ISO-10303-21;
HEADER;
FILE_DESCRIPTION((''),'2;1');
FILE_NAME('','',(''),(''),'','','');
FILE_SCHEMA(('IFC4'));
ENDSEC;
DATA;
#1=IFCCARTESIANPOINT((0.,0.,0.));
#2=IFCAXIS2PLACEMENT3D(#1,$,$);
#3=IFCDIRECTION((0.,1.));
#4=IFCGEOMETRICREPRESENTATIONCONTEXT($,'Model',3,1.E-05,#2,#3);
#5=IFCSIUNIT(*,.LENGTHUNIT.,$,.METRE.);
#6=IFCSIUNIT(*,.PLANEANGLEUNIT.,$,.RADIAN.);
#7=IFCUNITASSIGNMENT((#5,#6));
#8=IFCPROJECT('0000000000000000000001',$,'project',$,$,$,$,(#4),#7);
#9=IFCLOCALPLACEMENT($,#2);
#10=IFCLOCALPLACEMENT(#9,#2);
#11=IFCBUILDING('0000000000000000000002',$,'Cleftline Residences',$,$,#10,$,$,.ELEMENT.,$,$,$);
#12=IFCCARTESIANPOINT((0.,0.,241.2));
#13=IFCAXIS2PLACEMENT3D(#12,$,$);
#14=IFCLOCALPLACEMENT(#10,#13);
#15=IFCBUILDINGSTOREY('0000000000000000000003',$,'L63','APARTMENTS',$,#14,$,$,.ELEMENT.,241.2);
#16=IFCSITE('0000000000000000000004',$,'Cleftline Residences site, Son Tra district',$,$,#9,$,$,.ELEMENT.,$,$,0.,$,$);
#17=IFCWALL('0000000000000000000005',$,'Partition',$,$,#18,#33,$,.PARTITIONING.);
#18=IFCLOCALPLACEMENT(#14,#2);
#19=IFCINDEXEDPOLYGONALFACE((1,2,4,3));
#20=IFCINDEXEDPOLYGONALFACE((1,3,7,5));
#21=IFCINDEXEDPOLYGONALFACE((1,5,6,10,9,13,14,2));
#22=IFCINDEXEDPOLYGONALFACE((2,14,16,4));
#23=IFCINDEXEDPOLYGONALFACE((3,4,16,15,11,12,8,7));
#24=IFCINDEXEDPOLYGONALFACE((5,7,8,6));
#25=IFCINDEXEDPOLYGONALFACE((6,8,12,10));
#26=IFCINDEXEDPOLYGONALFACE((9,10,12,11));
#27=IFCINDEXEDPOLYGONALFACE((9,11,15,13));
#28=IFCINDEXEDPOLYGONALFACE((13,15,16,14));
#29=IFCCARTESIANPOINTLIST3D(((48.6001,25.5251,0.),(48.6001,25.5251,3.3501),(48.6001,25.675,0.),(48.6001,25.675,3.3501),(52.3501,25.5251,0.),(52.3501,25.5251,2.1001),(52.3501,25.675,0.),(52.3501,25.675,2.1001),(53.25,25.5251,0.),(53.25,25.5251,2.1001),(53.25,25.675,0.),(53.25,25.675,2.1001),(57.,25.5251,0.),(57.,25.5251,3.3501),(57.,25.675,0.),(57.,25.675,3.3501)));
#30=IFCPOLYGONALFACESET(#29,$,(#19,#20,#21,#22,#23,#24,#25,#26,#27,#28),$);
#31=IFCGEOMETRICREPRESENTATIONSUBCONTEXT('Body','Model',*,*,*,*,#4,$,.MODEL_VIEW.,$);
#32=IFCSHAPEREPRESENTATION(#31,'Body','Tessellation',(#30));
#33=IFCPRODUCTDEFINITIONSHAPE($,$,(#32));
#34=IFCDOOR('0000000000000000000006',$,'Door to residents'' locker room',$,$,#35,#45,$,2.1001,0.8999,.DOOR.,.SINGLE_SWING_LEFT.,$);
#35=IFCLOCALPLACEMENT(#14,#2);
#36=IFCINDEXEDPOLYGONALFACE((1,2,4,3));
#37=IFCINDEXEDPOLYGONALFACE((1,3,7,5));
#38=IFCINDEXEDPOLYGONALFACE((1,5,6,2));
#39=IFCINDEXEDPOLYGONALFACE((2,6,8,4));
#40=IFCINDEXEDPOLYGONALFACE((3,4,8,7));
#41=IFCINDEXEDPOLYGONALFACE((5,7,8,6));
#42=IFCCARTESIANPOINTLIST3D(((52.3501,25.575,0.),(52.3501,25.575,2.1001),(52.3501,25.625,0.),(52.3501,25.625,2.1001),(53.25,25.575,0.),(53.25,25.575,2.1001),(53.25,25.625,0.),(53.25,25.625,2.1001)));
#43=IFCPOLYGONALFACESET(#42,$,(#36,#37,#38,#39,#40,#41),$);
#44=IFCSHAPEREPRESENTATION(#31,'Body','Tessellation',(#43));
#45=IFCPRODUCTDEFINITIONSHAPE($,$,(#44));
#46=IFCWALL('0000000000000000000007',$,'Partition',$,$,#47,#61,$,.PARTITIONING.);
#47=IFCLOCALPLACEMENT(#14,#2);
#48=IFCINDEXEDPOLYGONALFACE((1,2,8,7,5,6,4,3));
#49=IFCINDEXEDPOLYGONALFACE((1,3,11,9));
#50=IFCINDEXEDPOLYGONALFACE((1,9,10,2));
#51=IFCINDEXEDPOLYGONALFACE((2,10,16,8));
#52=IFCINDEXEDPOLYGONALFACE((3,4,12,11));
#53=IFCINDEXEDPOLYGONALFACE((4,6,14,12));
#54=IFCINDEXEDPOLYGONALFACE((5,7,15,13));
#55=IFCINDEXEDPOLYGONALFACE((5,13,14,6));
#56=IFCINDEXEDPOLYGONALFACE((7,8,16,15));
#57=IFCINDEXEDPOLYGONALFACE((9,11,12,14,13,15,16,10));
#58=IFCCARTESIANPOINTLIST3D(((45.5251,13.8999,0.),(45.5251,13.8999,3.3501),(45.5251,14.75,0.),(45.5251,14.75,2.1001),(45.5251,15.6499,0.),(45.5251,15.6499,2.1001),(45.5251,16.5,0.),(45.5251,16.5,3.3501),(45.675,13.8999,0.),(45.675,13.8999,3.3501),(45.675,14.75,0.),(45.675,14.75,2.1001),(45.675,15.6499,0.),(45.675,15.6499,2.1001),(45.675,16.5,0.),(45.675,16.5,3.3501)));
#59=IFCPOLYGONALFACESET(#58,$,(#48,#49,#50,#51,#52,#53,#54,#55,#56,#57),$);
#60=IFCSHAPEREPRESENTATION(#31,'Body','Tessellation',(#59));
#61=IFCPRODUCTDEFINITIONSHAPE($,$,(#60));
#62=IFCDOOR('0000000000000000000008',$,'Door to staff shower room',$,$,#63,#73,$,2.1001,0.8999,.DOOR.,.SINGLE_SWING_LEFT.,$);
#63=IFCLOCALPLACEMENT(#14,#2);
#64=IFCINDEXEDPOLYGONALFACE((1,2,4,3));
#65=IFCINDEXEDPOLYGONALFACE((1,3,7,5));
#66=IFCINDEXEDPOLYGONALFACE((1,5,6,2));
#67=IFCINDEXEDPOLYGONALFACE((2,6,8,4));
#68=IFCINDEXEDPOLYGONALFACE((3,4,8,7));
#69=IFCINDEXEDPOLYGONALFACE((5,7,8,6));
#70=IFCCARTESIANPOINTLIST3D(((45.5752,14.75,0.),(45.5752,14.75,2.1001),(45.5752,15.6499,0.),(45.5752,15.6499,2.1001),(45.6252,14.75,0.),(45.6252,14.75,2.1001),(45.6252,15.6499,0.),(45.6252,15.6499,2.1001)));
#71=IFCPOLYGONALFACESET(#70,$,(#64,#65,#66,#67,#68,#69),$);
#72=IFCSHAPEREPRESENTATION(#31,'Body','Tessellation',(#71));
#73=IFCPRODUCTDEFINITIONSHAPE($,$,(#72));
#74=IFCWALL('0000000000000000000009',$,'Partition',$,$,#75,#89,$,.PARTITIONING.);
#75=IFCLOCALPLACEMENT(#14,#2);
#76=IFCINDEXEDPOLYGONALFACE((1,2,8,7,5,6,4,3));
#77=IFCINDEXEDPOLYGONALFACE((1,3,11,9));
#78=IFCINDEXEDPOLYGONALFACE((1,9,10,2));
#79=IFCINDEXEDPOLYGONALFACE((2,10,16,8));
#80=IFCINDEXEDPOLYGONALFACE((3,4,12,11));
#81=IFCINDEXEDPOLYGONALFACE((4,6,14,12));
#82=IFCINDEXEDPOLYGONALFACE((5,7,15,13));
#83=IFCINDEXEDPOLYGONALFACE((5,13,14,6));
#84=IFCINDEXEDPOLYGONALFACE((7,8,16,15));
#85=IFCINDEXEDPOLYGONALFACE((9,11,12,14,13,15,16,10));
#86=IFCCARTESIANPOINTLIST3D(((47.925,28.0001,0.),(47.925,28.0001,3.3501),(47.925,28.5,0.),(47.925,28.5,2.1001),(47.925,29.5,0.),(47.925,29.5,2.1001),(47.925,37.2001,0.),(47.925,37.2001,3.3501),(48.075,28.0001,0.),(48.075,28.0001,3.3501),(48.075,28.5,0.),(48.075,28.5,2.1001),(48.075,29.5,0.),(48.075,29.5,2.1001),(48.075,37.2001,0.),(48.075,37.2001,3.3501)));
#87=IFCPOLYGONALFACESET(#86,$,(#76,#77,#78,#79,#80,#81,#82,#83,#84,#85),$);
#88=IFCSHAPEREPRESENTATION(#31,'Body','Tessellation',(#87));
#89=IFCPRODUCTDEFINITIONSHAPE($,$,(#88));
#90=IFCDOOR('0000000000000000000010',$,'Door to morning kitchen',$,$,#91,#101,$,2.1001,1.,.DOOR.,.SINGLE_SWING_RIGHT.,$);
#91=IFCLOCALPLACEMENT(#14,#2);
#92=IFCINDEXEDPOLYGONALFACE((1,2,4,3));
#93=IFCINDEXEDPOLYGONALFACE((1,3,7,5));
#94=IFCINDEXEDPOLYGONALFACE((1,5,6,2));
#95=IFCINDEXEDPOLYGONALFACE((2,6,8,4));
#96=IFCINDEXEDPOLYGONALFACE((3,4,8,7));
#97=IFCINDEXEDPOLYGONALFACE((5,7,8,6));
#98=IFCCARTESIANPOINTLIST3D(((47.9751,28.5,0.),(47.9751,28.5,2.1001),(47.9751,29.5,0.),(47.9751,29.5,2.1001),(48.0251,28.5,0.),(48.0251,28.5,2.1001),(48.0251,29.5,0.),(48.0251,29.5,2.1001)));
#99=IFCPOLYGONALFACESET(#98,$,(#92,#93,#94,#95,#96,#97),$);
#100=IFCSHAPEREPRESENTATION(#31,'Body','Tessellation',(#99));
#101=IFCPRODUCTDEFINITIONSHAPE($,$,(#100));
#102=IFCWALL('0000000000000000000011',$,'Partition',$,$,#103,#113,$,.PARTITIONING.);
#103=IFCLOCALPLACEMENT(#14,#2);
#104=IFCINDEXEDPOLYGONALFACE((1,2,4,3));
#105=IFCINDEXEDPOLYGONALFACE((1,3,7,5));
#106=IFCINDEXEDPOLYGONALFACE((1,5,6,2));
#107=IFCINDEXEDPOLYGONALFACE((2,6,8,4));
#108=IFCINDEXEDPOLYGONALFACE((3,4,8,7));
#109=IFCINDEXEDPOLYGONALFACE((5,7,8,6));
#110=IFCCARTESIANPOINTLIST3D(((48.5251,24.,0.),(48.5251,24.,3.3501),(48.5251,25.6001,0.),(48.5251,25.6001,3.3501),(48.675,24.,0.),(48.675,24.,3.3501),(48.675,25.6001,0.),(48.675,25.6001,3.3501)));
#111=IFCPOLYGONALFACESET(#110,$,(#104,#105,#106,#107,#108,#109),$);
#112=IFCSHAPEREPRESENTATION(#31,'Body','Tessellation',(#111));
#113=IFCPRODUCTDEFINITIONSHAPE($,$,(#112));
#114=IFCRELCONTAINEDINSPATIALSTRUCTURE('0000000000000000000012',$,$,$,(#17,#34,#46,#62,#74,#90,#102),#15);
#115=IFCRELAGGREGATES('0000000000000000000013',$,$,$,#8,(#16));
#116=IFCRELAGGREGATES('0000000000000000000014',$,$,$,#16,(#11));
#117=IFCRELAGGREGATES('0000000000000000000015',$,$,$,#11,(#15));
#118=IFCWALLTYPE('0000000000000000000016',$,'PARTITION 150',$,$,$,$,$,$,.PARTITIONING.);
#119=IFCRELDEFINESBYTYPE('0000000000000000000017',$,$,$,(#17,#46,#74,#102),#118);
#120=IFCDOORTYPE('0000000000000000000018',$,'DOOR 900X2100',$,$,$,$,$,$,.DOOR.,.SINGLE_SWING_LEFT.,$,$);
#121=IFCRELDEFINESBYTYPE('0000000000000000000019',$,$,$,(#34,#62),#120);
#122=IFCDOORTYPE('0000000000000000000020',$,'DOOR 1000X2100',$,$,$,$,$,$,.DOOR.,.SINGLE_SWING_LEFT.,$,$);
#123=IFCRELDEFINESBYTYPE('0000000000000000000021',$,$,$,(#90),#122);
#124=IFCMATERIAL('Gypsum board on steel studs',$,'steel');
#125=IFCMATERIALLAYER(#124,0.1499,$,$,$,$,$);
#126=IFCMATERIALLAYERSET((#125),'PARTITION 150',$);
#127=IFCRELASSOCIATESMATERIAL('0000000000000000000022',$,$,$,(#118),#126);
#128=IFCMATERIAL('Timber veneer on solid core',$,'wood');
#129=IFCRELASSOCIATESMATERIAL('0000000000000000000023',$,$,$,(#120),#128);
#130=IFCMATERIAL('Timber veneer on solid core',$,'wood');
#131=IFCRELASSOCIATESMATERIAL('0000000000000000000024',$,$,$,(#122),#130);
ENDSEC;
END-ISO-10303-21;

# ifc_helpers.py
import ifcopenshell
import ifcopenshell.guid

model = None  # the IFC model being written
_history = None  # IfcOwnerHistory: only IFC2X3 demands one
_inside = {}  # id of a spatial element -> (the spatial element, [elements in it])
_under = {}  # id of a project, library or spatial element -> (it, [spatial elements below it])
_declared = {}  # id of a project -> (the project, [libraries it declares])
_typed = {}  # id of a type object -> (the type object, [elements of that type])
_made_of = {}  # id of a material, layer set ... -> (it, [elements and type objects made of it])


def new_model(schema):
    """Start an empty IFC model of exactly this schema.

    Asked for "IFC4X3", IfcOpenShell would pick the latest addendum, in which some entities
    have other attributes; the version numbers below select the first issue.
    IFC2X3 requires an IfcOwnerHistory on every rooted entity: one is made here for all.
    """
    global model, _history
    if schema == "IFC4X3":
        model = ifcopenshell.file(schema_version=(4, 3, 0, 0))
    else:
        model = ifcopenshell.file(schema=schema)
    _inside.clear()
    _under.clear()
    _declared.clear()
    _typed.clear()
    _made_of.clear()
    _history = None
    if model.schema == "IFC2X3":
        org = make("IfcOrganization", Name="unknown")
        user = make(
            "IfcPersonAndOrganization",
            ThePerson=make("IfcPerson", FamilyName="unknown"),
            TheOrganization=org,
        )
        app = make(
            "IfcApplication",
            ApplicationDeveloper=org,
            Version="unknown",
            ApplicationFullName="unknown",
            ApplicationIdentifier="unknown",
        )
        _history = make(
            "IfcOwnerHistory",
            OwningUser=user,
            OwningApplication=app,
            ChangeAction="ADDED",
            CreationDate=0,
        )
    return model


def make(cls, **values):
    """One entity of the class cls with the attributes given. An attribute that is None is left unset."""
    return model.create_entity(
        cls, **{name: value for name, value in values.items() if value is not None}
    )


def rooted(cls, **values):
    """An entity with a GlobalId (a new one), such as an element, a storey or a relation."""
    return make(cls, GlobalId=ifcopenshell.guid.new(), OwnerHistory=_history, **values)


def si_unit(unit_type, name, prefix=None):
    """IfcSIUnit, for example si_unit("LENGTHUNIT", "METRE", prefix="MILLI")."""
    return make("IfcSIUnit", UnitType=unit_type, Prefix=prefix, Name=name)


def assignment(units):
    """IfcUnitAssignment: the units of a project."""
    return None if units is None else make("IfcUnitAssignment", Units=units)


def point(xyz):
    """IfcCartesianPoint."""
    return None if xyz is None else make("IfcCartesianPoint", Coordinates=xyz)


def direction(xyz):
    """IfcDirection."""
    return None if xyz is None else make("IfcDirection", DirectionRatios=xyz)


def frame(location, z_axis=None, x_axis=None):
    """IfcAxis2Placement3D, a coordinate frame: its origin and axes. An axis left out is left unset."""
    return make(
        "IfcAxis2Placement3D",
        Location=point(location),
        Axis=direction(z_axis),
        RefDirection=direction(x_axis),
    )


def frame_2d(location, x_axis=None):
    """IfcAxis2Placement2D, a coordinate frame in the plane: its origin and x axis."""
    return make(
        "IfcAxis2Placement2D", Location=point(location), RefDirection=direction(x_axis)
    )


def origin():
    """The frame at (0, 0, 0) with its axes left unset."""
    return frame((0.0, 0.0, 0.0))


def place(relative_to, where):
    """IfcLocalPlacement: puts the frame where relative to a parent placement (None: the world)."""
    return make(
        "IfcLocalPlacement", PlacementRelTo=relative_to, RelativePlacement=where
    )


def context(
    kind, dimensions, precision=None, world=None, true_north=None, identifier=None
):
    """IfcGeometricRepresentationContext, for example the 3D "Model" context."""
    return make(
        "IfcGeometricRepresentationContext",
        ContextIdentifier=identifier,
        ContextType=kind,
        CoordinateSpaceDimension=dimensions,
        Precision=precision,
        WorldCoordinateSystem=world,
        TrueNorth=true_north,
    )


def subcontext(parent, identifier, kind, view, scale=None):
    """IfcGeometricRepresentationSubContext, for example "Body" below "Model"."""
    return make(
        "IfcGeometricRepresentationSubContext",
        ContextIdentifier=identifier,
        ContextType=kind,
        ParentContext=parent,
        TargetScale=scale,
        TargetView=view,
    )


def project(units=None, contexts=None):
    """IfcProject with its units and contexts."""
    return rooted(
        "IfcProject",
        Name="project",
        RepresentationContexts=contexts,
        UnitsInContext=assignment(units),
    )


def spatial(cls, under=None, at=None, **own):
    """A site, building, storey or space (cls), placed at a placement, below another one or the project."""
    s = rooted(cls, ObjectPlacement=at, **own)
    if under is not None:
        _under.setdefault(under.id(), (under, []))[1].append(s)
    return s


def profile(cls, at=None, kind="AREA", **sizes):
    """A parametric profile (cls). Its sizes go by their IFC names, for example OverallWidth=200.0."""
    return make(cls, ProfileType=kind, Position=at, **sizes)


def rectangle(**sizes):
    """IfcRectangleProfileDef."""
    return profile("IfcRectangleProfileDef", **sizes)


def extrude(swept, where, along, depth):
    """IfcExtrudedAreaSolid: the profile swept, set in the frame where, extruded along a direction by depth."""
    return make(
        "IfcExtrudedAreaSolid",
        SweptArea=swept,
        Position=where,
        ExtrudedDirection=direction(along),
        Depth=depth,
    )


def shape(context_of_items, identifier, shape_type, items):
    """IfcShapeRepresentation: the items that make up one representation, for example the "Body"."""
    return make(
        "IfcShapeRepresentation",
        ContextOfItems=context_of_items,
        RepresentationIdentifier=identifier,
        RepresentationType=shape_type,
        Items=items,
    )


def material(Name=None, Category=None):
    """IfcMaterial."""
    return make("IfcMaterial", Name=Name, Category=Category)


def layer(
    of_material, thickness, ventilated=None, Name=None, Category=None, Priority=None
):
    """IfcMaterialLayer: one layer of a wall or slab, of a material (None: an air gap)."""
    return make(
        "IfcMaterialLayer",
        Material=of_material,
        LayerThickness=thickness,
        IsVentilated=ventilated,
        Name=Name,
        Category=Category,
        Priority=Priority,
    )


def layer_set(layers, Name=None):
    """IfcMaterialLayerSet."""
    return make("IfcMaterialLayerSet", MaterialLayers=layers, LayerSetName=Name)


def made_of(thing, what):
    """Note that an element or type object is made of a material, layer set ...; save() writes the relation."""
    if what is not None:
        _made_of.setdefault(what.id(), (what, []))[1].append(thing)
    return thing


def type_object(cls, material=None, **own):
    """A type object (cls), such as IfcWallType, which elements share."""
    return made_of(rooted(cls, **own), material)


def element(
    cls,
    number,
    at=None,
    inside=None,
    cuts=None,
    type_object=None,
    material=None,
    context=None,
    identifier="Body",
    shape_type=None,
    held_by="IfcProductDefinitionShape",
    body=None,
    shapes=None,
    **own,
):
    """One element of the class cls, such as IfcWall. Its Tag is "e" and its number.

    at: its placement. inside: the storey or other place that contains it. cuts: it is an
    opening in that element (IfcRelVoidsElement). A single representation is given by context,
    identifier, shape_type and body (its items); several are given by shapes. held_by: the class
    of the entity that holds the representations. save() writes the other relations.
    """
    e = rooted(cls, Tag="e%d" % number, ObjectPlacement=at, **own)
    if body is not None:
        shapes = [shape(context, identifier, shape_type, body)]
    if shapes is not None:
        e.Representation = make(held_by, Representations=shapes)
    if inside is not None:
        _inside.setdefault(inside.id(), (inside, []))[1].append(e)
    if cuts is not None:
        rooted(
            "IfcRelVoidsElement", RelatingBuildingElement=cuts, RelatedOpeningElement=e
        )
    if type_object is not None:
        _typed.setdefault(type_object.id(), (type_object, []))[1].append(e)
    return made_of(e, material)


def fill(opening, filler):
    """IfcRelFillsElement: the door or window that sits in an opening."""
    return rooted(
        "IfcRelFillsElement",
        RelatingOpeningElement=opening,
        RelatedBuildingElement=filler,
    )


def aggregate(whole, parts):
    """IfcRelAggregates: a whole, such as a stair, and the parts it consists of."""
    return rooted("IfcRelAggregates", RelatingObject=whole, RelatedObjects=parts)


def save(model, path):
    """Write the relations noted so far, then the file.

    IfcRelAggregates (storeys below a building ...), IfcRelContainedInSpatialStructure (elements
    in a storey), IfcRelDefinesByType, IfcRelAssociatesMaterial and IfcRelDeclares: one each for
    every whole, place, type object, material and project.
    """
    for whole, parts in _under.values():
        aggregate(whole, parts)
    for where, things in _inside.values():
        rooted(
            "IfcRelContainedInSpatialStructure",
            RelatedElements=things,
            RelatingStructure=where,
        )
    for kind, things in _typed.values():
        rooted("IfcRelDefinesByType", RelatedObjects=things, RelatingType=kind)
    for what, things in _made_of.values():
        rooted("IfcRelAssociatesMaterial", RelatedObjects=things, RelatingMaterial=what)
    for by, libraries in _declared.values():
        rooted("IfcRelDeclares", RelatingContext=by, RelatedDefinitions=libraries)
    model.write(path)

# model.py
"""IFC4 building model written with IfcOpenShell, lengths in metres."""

from ifc_helpers import new_model, si_unit, direction, frame, frame_2d, origin, place, context, subcontext, project, spatial, rectangle, extrude, material, layer, layer_set, type_object, element, fill, save


model = new_model("IFC4")

# Units and contexts
model_context = context("Model", 3, precision=1e-05, world=origin(), true_north=direction((0.0, 1.0)))
body_context = subcontext(model_context, "Body", "Model", "MODEL_VIEW")
ifc_project = project(units=[si_unit("LENGTHUNIT", "METRE"), si_unit("PLANEANGLEUNIT", "RADIAN")], contexts=[model_context])

# Site, building, storey
site_placement = place(None, origin())
site = spatial("IfcSite", under=ifc_project, at=site_placement, Name="Cleftline Residences site, Son Tra district", CompositionType="ELEMENT", RefElevation=0.0)
building_placement = place(site_placement, origin())
building = spatial("IfcBuilding", under=site, at=building_placement, Name="Cleftline Residences", CompositionType="ELEMENT")
storey_placement = place(building_placement, frame((0.0, 0.0, 241.2)))
storey = spatial("IfcBuildingStorey", under=building, at=storey_placement, Name="L63", Description="APARTMENTS", CompositionType="ELEMENT", Elevation=241.2)

# Shared definitions
ifc_material_1 = material(Name="Gypsum board on steel studs", Category="steel")
ifc_layer_1 = layer(ifc_material_1, 0.1499)
ifc_layer_set_1 = layer_set([ifc_layer_1], Name="PARTITION 150")
wall_type_1 = type_object("IfcWallType", Name="PARTITION 150", PredefinedType="PARTITIONING", material=ifc_layer_set_1)

# Walls, openings, doors
wall_1_placement = place(storey_placement, frame((48.6001, 25.6001, 0.0), z_axis=(0.0, 0.0, 1.0), x_axis=(1.0, 0.0, 0.0)))
wall_1 = element("IfcWall", 1, at=wall_1_placement, inside=storey, type_object=wall_type_1, Name="Partition", PredefinedType="PARTITIONING", context=body_context, shape_type="SweptSolid", body=[
    extrude(rectangle(XDim=8.3999, YDim=0.1499, at=frame_2d((4.2, 0.0))), origin(), (0.0, 0.0, 1.0), 3.3501),
])
opening_1_placement = place(wall_1_placement, frame((3.75, 0.0, 0.0)))
opening_1 = element("IfcOpeningElement", 2, at=opening_1_placement, cuts=wall_1, PredefinedType="OPENING", context=body_context, shape_type="SweptSolid", body=[
    extrude(rectangle(XDim=0.8999, YDim=2.1001, at=frame_2d((0.45, 1.05))), frame((0.0, 0.085, 0.0), z_axis=(0.0, -1.0, 0.0), x_axis=(1.0, 0.0, 0.0)), (0.0, 0.0, 1.0), 0.1699),
])
ifc_material_2 = material(Name="Timber veneer on solid core", Category="wood")
door_type_1 = type_object("IfcDoorType", Name="DOOR 900X2100", OperationType="SINGLE_SWING_LEFT", PredefinedType="DOOR", material=ifc_material_2)
door_1_placement = place(opening_1_placement, origin())
door_1 = element("IfcDoor", 3, at=door_1_placement, inside=storey, type_object=door_type_1, Name="Door to residents' locker room", OperationType="SINGLE_SWING_LEFT", OverallHeight=2.1001, OverallWidth=0.8999, PredefinedType="DOOR", context=body_context, shape_type="SweptSolid", body=[
    extrude(rectangle(XDim=0.8999, YDim=2.1001, at=frame_2d((0.45, 1.05))), frame((0.0, 0.0249, 0.0), z_axis=(0.0, -1.0, 0.0), x_axis=(1.0, 0.0, 0.0)), (0.0, 0.0, 1.0), 0.05),
])
fill(opening_1, door_1)
wall_2_placement = place(storey_placement, frame((45.6001, 13.8999, 0.0), z_axis=(0.0, 0.0, 1.0), x_axis=(0.0, 1.0, 0.0)))
wall_2 = element("IfcWall", 4, at=wall_2_placement, inside=storey, type_object=wall_type_1, Name="Partition", PredefinedType="PARTITIONING", context=body_context, shape_type="SweptSolid", body=[
    extrude(rectangle(XDim=2.6001, YDim=0.1499, at=frame_2d((1.3, 0.0))), origin(), (0.0, 0.0, 1.0), 3.3501),
])
opening_2_placement = place(wall_2_placement, frame((0.8501, 0.0, 0.0)))
opening_2 = element("IfcOpeningElement", 5, at=opening_2_placement, cuts=wall_2, PredefinedType="OPENING", context=body_context, shape_type="SweptSolid", body=[
    extrude(rectangle(XDim=0.8999, YDim=2.1001, at=frame_2d((0.45, 1.05))), frame((0.0, 0.085, 0.0), z_axis=(0.0, -1.0, 0.0), x_axis=(1.0, 0.0, 0.0)), (0.0, 0.0, 1.0), 0.1699),
])
door_2_placement = place(opening_2_placement, origin())
door_2 = element("IfcDoor", 6, at=door_2_placement, inside=storey, type_object=door_type_1, Name="Door to staff shower room", OperationType="SINGLE_SWING_LEFT", OverallHeight=2.1001, OverallWidth=0.8999, PredefinedType="DOOR", context=body_context, shape_type="SweptSolid", body=[
    extrude(rectangle(XDim=0.8999, YDim=2.1001, at=frame_2d((0.45, 1.05))), frame((0.0, 0.0249, 0.0), z_axis=(0.0, -1.0, 0.0), x_axis=(1.0, 0.0, 0.0)), (0.0, 0.0, 1.0), 0.05),
])
fill(opening_2, door_2)
wall_3_placement = place(storey_placement, frame((48.0, 28.0, 0.0), z_axis=(0.0, 0.0, 1.0), x_axis=(0.0, 1.0, 0.0)))
wall_3 = element("IfcWall", 7, at=wall_3_placement, inside=storey, type_object=wall_type_1, Name="Partition", PredefinedType="PARTITIONING", context=body_context, shape_type="SweptSolid", body=[
    extrude(rectangle(XDim=9.2, YDim=0.1499, at=frame_2d((4.6001, 0.0))), origin(), (0.0, 0.0, 1.0), 3.3501),
])
opening_3_placement = place(wall_3_placement, frame((0.5, 0.0, 0.0)))
opening_3 = element("IfcOpeningElement", 8, at=opening_3_placement, cuts=wall_3, PredefinedType="OPENING", context=body_context, shape_type="SweptSolid", body=[
    extrude(rectangle(XDim=1.0, YDim=2.1001, at=frame_2d((0.5, 1.05))), frame((0.0, 0.085, 0.0), z_axis=(0.0, -1.0, 0.0), x_axis=(1.0, 0.0, 0.0)), (0.0, 0.0, 1.0), 0.1699),
])
ifc_material_3 = material(Name="Timber veneer on solid core", Category="wood")
door_type_2 = type_object("IfcDoorType", Name="DOOR 1000X2100", OperationType="SINGLE_SWING_LEFT", PredefinedType="DOOR", material=ifc_material_3)
door_3_placement = place(opening_3_placement, origin())
door_3 = element("IfcDoor", 9, at=door_3_placement, inside=storey, type_object=door_type_2, Name="Door to morning kitchen", OperationType="SINGLE_SWING_RIGHT", OverallHeight=2.1001, OverallWidth=1.0, PredefinedType="DOOR", context=body_context, shape_type="SweptSolid", body=[
    extrude(rectangle(XDim=1.0, YDim=2.1001, at=frame_2d((0.5, 1.05))), frame((0.0, 0.0249, 0.0), z_axis=(0.0, -1.0, 0.0), x_axis=(1.0, 0.0, 0.0)), (0.0, 0.0, 1.0), 0.05),
])
fill(opening_3, door_3)

# Wall
wall_4_placement = place(storey_placement, frame((48.6001, 24.0, 0.0), z_axis=(0.0, 0.0, 1.0), x_axis=(0.0, 1.0, 0.0)))
element("IfcWall", 10, at=wall_4_placement, inside=storey, type_object=wall_type_1, Name="Partition", PredefinedType="PARTITIONING", context=body_context, shape_type="SweptSolid", body=[
    extrude(rectangle(XDim=1.6001, YDim=0.1499, at=frame_2d((0.8, 0.0))), origin(), (0.0, 0.0, 1.0), 3.3501),
])

save(model, "model.ifc")
